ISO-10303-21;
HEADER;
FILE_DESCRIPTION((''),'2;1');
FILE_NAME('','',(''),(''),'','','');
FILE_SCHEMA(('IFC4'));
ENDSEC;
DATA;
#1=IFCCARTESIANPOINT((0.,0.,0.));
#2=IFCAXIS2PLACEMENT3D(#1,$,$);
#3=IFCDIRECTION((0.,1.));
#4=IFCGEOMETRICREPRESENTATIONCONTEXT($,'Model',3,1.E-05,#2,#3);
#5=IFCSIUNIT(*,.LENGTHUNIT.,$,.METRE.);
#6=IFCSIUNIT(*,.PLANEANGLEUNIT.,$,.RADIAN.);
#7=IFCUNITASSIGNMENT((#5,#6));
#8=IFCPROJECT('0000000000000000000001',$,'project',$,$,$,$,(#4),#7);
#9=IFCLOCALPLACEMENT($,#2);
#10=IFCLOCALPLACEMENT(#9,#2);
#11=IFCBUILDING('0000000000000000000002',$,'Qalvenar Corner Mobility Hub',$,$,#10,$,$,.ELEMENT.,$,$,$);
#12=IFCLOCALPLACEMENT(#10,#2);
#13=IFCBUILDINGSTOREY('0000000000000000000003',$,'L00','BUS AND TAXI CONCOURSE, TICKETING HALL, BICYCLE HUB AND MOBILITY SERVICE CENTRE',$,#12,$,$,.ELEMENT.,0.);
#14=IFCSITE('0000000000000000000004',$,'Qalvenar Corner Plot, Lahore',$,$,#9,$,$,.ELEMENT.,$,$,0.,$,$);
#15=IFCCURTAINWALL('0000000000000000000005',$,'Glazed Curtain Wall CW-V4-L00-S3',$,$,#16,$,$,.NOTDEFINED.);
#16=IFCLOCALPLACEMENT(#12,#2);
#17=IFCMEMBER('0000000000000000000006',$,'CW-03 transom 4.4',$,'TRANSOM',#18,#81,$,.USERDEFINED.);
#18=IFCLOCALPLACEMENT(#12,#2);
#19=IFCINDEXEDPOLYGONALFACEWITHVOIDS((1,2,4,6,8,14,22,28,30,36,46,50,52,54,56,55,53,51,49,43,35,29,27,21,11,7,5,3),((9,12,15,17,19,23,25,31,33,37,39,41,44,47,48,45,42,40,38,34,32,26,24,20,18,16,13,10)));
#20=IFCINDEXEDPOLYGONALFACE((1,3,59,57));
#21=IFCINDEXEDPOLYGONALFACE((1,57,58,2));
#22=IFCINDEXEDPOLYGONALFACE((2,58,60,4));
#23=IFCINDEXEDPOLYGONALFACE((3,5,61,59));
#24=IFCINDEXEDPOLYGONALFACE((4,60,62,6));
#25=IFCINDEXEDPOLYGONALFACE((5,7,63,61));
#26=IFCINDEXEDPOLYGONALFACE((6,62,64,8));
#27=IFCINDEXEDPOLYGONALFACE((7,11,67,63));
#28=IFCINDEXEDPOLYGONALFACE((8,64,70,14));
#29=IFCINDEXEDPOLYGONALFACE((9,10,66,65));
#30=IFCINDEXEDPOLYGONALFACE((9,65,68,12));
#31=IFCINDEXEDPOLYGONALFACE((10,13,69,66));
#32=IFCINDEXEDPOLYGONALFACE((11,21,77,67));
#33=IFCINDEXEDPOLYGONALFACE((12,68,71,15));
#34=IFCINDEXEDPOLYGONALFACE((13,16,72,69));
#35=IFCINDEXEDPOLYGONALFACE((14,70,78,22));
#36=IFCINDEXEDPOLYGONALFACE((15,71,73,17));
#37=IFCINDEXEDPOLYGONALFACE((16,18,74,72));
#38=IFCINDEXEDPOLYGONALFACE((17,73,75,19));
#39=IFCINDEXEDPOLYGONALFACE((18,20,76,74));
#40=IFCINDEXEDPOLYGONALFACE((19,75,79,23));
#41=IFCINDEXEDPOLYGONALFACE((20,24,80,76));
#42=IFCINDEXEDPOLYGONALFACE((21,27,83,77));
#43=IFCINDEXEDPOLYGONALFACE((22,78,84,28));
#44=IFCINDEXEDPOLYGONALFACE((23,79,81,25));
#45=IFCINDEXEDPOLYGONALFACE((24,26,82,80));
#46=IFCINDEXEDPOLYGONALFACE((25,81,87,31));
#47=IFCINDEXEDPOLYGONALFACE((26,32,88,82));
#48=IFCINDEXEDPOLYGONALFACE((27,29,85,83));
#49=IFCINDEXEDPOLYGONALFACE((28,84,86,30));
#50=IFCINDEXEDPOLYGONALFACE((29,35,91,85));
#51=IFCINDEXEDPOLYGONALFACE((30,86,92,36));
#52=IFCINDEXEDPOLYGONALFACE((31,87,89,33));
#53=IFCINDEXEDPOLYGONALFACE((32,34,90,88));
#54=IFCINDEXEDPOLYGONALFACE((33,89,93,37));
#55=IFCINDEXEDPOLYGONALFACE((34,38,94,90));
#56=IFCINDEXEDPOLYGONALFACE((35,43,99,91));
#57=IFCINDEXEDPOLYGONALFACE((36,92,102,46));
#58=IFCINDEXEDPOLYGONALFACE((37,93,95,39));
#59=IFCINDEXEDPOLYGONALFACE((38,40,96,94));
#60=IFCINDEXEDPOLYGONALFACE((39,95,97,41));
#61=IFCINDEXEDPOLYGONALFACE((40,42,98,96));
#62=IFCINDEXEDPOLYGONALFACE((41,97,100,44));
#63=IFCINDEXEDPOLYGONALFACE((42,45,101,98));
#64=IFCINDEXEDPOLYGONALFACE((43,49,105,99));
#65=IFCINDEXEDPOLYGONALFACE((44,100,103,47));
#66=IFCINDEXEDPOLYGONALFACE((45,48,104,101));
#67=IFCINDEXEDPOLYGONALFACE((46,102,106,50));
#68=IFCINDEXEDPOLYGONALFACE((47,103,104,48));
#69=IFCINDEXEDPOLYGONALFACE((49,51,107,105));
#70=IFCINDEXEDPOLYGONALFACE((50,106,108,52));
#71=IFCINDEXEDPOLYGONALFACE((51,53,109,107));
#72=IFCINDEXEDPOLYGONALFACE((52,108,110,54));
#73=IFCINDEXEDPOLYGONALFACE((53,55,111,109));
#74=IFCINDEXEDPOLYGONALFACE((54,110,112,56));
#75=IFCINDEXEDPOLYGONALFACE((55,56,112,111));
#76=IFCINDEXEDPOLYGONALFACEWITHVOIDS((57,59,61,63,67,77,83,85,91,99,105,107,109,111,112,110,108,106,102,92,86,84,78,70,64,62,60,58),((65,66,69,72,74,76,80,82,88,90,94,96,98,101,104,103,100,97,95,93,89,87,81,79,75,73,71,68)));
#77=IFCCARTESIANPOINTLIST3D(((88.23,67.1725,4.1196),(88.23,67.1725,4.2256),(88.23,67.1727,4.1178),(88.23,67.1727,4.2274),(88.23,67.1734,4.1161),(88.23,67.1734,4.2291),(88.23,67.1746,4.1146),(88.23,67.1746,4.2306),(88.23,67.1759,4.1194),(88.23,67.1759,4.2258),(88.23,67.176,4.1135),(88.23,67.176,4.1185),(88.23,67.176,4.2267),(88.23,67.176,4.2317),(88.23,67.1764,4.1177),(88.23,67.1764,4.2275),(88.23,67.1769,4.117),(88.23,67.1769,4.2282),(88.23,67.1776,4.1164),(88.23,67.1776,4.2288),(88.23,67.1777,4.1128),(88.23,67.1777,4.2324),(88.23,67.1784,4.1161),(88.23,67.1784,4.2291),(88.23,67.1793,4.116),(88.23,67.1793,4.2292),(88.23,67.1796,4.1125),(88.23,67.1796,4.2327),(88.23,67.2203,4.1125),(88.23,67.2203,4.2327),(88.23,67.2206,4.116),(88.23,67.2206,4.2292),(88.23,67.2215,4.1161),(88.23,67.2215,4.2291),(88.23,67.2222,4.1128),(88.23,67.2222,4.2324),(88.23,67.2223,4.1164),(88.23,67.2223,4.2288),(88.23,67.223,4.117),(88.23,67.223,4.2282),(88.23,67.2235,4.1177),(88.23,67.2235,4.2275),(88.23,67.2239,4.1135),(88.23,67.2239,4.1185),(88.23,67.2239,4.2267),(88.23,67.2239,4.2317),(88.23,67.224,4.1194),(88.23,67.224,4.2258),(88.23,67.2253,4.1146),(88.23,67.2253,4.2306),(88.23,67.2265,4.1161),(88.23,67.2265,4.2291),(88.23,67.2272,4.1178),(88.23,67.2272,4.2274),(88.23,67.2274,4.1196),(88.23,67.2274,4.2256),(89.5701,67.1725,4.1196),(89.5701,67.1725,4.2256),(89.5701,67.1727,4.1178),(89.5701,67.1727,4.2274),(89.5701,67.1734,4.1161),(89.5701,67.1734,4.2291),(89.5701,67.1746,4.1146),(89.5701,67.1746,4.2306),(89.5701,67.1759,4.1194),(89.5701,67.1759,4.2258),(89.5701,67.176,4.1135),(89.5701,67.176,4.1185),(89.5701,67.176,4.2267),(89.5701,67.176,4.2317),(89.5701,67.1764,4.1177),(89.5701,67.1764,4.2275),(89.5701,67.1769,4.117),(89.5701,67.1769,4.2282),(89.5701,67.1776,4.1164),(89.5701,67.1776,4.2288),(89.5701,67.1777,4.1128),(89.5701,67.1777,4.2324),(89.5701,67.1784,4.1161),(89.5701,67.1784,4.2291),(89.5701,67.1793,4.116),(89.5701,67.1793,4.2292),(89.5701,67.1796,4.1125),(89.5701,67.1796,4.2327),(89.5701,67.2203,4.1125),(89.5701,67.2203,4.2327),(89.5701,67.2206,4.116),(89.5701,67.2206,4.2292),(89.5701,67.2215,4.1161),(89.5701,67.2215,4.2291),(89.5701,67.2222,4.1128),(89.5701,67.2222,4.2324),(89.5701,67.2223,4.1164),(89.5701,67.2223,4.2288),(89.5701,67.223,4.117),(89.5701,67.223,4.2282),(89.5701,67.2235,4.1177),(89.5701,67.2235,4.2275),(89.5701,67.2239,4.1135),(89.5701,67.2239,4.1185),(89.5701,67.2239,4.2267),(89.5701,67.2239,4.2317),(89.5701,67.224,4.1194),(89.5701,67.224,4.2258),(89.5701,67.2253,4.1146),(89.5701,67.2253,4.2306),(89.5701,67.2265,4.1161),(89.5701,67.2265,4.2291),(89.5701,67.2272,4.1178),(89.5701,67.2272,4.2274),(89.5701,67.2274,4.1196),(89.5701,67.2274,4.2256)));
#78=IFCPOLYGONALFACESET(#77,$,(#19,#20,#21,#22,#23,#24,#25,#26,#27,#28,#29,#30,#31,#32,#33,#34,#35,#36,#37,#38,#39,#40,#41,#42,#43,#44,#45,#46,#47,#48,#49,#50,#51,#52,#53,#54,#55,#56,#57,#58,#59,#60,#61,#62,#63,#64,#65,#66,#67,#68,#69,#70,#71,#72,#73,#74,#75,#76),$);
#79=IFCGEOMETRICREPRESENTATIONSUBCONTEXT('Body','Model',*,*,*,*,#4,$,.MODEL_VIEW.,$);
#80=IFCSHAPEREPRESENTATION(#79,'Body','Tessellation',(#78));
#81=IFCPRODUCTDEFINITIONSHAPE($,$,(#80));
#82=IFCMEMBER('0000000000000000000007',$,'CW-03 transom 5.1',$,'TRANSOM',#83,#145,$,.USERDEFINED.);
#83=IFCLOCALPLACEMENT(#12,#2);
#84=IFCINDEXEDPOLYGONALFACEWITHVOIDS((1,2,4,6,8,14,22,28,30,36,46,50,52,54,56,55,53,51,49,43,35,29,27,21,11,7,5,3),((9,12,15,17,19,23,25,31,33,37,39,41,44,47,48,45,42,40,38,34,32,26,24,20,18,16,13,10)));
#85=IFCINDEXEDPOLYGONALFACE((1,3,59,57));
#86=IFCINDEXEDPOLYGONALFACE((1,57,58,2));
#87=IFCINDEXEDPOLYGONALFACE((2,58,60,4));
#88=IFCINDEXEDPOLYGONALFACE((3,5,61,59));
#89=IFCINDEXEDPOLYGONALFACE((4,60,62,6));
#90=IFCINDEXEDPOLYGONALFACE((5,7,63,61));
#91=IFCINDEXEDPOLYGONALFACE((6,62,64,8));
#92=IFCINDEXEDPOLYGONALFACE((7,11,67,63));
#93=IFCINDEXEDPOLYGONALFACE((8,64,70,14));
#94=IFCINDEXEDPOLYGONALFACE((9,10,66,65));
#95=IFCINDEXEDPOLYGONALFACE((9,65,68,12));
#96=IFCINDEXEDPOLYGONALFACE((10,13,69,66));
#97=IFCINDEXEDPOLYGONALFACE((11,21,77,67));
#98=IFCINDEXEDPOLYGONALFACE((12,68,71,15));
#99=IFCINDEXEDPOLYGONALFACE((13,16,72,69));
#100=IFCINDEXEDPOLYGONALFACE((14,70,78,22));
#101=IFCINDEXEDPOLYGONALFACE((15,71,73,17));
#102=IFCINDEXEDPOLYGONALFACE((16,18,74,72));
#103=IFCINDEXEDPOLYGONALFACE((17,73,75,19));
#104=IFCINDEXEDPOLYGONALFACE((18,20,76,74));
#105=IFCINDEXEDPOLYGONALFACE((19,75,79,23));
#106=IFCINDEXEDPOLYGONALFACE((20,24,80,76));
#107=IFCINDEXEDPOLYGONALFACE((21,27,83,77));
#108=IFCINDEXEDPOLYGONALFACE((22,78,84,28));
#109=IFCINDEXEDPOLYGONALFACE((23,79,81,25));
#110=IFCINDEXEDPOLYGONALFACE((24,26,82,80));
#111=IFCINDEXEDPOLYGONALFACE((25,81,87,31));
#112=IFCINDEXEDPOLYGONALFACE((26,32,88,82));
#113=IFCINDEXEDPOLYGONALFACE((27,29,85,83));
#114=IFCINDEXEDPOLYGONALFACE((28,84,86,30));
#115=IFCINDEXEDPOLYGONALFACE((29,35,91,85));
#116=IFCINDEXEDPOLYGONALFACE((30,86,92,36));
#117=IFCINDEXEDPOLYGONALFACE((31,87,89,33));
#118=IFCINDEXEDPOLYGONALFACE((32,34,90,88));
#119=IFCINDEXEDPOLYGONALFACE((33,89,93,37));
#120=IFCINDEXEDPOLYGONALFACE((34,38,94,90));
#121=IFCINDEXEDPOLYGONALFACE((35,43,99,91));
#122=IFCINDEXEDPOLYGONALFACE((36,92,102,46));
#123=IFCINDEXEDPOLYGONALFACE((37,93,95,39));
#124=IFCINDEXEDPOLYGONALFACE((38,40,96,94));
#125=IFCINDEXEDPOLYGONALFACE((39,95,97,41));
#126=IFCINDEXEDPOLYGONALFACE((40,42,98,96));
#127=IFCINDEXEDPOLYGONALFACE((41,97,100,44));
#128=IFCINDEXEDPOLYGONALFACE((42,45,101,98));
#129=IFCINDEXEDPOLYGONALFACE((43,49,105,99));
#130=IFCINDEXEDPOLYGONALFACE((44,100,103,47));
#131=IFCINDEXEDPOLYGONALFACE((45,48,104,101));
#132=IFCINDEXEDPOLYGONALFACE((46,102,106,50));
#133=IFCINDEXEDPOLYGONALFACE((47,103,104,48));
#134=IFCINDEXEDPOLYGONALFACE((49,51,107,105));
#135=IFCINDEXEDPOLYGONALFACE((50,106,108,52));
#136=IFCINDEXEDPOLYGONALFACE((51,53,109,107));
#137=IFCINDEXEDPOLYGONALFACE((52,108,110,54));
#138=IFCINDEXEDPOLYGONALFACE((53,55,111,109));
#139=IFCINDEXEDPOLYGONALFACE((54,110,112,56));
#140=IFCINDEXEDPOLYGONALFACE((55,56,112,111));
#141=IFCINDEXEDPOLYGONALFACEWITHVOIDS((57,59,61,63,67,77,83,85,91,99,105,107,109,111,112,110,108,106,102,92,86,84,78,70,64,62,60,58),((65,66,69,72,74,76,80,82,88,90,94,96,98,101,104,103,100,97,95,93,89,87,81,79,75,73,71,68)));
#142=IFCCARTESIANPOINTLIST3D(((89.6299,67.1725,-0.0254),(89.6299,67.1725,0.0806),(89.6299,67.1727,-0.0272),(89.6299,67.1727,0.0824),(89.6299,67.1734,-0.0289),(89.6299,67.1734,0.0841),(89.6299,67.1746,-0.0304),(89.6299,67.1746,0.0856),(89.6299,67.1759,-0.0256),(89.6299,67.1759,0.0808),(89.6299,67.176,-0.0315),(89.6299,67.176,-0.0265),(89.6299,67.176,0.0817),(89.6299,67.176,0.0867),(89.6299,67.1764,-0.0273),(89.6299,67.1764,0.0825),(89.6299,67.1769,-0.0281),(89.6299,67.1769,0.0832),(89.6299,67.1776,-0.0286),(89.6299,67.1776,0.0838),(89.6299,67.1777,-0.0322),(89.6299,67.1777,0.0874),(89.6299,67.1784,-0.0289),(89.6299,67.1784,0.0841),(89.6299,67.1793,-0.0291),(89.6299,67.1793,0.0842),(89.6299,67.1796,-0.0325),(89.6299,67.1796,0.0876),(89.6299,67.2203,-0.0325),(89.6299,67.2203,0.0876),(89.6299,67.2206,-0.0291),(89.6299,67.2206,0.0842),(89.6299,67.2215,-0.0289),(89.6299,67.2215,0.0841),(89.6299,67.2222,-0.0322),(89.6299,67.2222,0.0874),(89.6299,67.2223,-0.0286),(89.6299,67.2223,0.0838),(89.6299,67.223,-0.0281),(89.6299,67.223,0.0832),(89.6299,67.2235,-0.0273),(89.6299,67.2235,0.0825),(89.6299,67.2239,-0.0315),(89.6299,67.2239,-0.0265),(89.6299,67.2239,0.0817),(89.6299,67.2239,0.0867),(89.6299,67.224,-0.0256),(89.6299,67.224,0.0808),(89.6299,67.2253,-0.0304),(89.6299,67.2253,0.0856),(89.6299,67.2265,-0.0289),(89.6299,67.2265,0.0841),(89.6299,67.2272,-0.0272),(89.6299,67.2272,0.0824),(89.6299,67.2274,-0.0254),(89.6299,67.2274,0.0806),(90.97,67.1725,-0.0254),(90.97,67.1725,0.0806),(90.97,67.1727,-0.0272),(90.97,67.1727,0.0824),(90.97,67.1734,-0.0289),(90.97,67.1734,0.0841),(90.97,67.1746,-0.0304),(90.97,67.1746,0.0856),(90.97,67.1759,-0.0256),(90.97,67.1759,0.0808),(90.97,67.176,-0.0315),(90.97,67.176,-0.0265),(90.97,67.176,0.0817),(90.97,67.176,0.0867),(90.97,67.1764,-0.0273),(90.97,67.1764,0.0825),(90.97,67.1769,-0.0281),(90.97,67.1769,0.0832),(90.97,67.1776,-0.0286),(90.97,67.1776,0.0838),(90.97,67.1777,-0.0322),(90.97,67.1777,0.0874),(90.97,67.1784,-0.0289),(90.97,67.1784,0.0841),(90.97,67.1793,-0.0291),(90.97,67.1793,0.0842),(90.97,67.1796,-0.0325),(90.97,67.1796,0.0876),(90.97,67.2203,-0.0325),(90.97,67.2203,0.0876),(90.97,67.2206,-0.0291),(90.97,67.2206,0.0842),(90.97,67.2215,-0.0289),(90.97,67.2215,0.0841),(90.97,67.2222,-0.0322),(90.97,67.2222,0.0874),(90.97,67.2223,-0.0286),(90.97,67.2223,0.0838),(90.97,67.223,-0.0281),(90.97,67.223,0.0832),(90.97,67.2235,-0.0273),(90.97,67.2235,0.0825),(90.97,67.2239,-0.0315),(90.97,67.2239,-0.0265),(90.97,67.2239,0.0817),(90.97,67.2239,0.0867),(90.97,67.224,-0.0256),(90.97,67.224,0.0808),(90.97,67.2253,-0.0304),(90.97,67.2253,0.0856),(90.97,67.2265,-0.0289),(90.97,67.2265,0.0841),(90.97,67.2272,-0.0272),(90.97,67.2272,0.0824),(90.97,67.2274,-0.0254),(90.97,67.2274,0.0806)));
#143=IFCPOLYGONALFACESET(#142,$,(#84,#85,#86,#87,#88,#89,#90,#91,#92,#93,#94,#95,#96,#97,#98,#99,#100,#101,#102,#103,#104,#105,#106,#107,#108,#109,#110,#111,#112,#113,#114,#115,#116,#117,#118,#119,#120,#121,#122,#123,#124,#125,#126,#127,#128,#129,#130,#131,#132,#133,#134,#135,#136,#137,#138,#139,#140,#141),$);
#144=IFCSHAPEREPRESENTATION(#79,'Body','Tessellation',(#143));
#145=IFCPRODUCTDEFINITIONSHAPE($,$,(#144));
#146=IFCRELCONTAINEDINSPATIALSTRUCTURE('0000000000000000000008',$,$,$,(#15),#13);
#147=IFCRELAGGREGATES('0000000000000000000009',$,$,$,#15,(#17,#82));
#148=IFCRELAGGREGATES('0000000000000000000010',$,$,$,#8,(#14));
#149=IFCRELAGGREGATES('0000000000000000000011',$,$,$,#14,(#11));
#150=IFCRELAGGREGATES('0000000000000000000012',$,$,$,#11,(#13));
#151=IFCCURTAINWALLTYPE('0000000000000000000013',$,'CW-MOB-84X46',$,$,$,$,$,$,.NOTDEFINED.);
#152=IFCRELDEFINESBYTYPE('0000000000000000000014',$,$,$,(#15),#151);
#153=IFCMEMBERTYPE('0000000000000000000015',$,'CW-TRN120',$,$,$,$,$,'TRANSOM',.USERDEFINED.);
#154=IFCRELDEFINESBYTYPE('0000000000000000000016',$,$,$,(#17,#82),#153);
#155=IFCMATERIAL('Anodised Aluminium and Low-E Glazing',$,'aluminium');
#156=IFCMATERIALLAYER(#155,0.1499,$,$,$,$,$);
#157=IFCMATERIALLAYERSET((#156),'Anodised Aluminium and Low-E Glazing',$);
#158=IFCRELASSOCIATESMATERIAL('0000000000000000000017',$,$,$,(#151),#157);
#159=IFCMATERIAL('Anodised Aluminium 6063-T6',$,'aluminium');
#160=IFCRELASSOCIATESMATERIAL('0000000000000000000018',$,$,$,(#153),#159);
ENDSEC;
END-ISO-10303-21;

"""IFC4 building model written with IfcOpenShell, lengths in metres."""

from ifc_helpers import new_model, si_unit, direction, frame, origin, origin_2d, place, context, subcontext, project, spatial, hollow_rectangle, extrude, material, layer, layer_set, material_profile, profile_set, type_object, element, aggregate, save


model = new_model("IFC4")

# Units and contexts
model_context = context("Model", 3, precision=1e-05, world=origin(), true_north=direction((0.0, 1.0)))
body_context = subcontext(model_context, "Body", "Model", "MODEL_VIEW")
ifc_project = project(units=[si_unit("LENGTHUNIT", "METRE"), si_unit("PLANEANGLEUNIT", "RADIAN")], contexts=[model_context])

# Site, building, storey
site_placement = place(None, origin())
site = spatial("IfcSite", under=ifc_project, at=site_placement, Name="Qalvenar Corner Plot, Lahore", CompositionType="ELEMENT", RefElevation=0.0)
building_placement = place(site_placement, origin())
building = spatial("IfcBuilding", under=site, at=building_placement, Name="Qalvenar Corner Mobility Hub", CompositionType="ELEMENT")
storey_placement = place(building_placement, origin())
storey = spatial("IfcBuildingStorey", under=building, at=storey_placement, Name="L00", Description="BUS AND TAXI CONCOURSE, TICKETING HALL, BICYCLE HUB AND MOBILITY SERVICE CENTRE", CompositionType="ELEMENT", Elevation=0.0)

# Curtain wall, members
ifc_material_1 = material(Name="Anodised Aluminium and Low-E Glazing", Category="aluminium")
ifc_layer_1 = layer(ifc_material_1, 0.1499)
ifc_layer_set_1 = layer_set([ifc_layer_1], Name="Anodised Aluminium and Low-E Glazing")
curtain_wall_type = type_object("IfcCurtainWallType", Name="CW-MOB-84X46", PredefinedType="NOTDEFINED", material=ifc_layer_set_1)
curtain_wall_placement = place(storey_placement, origin())
curtain_wall = element("IfcCurtainWall", 1, at=curtain_wall_placement, inside=storey, type_object=curtain_wall_type, Name="Glazed Curtain Wall CW-V4-L00-S3", PredefinedType="NOTDEFINED")
ifc_material_2 = material(Name="Anodised Aluminium 6063-T6", Category="aluminium")
ifc_material_profile_1 = material_profile(ifc_material_2, hollow_rectangle(XDim=0.0549, YDim=0.1201, WallThickness=0.0034, InnerFilletRadius=0.0034, OuterFilletRadius=0.0071, at=origin_2d()), Name="RHS120x55x3.5")
ifc_profile_set_1 = profile_set([ifc_material_profile_1], Name="Anodised Aluminium 6063-T6")
member_type_1 = type_object("IfcMemberType", Name="CW-TRN120", ElementType="TRANSOM", PredefinedType="USERDEFINED", material=ifc_profile_set_1)
member_1_placement = place(storey_placement, frame((88.23, 67.2, 4.1726), z_axis=(1.0, 0.0, 0.0), x_axis=(0.0, 1.0, 0.0)))
member_1 = element("IfcMember", 2, at=member_1_placement, type_object=member_type_1, Name="CW-03 transom 4.4", ObjectType="TRANSOM", PredefinedType="USERDEFINED", context=body_context, shape_type="SweptSolid", body=[
    extrude(hollow_rectangle(XDim=0.0549, YDim=0.1201, WallThickness=0.0034, InnerFilletRadius=0.0034, OuterFilletRadius=0.0071, at=origin_2d()), origin(), (0.0, 0.0, 1.0), 1.3401),
])
member_2_placement = place(storey_placement, frame((89.6299, 67.2, 0.0276), z_axis=(1.0, 0.0, 0.0), x_axis=(0.0, 1.0, 0.0)))
member_2 = element("IfcMember", 3, at=member_2_placement, type_object=member_type_1, Name="CW-03 transom 5.1", ObjectType="TRANSOM", PredefinedType="USERDEFINED", context=body_context, shape_type="SweptSolid", body=[
    extrude(hollow_rectangle(XDim=0.0549, YDim=0.1201, WallThickness=0.0034, InnerFilletRadius=0.0034, OuterFilletRadius=0.0071, at=origin_2d()), origin(), (0.0, 0.0, 1.0), 1.3401),
])
aggregate(curtain_wall, [member_1, member_2])

save(model, "model.ifc")
